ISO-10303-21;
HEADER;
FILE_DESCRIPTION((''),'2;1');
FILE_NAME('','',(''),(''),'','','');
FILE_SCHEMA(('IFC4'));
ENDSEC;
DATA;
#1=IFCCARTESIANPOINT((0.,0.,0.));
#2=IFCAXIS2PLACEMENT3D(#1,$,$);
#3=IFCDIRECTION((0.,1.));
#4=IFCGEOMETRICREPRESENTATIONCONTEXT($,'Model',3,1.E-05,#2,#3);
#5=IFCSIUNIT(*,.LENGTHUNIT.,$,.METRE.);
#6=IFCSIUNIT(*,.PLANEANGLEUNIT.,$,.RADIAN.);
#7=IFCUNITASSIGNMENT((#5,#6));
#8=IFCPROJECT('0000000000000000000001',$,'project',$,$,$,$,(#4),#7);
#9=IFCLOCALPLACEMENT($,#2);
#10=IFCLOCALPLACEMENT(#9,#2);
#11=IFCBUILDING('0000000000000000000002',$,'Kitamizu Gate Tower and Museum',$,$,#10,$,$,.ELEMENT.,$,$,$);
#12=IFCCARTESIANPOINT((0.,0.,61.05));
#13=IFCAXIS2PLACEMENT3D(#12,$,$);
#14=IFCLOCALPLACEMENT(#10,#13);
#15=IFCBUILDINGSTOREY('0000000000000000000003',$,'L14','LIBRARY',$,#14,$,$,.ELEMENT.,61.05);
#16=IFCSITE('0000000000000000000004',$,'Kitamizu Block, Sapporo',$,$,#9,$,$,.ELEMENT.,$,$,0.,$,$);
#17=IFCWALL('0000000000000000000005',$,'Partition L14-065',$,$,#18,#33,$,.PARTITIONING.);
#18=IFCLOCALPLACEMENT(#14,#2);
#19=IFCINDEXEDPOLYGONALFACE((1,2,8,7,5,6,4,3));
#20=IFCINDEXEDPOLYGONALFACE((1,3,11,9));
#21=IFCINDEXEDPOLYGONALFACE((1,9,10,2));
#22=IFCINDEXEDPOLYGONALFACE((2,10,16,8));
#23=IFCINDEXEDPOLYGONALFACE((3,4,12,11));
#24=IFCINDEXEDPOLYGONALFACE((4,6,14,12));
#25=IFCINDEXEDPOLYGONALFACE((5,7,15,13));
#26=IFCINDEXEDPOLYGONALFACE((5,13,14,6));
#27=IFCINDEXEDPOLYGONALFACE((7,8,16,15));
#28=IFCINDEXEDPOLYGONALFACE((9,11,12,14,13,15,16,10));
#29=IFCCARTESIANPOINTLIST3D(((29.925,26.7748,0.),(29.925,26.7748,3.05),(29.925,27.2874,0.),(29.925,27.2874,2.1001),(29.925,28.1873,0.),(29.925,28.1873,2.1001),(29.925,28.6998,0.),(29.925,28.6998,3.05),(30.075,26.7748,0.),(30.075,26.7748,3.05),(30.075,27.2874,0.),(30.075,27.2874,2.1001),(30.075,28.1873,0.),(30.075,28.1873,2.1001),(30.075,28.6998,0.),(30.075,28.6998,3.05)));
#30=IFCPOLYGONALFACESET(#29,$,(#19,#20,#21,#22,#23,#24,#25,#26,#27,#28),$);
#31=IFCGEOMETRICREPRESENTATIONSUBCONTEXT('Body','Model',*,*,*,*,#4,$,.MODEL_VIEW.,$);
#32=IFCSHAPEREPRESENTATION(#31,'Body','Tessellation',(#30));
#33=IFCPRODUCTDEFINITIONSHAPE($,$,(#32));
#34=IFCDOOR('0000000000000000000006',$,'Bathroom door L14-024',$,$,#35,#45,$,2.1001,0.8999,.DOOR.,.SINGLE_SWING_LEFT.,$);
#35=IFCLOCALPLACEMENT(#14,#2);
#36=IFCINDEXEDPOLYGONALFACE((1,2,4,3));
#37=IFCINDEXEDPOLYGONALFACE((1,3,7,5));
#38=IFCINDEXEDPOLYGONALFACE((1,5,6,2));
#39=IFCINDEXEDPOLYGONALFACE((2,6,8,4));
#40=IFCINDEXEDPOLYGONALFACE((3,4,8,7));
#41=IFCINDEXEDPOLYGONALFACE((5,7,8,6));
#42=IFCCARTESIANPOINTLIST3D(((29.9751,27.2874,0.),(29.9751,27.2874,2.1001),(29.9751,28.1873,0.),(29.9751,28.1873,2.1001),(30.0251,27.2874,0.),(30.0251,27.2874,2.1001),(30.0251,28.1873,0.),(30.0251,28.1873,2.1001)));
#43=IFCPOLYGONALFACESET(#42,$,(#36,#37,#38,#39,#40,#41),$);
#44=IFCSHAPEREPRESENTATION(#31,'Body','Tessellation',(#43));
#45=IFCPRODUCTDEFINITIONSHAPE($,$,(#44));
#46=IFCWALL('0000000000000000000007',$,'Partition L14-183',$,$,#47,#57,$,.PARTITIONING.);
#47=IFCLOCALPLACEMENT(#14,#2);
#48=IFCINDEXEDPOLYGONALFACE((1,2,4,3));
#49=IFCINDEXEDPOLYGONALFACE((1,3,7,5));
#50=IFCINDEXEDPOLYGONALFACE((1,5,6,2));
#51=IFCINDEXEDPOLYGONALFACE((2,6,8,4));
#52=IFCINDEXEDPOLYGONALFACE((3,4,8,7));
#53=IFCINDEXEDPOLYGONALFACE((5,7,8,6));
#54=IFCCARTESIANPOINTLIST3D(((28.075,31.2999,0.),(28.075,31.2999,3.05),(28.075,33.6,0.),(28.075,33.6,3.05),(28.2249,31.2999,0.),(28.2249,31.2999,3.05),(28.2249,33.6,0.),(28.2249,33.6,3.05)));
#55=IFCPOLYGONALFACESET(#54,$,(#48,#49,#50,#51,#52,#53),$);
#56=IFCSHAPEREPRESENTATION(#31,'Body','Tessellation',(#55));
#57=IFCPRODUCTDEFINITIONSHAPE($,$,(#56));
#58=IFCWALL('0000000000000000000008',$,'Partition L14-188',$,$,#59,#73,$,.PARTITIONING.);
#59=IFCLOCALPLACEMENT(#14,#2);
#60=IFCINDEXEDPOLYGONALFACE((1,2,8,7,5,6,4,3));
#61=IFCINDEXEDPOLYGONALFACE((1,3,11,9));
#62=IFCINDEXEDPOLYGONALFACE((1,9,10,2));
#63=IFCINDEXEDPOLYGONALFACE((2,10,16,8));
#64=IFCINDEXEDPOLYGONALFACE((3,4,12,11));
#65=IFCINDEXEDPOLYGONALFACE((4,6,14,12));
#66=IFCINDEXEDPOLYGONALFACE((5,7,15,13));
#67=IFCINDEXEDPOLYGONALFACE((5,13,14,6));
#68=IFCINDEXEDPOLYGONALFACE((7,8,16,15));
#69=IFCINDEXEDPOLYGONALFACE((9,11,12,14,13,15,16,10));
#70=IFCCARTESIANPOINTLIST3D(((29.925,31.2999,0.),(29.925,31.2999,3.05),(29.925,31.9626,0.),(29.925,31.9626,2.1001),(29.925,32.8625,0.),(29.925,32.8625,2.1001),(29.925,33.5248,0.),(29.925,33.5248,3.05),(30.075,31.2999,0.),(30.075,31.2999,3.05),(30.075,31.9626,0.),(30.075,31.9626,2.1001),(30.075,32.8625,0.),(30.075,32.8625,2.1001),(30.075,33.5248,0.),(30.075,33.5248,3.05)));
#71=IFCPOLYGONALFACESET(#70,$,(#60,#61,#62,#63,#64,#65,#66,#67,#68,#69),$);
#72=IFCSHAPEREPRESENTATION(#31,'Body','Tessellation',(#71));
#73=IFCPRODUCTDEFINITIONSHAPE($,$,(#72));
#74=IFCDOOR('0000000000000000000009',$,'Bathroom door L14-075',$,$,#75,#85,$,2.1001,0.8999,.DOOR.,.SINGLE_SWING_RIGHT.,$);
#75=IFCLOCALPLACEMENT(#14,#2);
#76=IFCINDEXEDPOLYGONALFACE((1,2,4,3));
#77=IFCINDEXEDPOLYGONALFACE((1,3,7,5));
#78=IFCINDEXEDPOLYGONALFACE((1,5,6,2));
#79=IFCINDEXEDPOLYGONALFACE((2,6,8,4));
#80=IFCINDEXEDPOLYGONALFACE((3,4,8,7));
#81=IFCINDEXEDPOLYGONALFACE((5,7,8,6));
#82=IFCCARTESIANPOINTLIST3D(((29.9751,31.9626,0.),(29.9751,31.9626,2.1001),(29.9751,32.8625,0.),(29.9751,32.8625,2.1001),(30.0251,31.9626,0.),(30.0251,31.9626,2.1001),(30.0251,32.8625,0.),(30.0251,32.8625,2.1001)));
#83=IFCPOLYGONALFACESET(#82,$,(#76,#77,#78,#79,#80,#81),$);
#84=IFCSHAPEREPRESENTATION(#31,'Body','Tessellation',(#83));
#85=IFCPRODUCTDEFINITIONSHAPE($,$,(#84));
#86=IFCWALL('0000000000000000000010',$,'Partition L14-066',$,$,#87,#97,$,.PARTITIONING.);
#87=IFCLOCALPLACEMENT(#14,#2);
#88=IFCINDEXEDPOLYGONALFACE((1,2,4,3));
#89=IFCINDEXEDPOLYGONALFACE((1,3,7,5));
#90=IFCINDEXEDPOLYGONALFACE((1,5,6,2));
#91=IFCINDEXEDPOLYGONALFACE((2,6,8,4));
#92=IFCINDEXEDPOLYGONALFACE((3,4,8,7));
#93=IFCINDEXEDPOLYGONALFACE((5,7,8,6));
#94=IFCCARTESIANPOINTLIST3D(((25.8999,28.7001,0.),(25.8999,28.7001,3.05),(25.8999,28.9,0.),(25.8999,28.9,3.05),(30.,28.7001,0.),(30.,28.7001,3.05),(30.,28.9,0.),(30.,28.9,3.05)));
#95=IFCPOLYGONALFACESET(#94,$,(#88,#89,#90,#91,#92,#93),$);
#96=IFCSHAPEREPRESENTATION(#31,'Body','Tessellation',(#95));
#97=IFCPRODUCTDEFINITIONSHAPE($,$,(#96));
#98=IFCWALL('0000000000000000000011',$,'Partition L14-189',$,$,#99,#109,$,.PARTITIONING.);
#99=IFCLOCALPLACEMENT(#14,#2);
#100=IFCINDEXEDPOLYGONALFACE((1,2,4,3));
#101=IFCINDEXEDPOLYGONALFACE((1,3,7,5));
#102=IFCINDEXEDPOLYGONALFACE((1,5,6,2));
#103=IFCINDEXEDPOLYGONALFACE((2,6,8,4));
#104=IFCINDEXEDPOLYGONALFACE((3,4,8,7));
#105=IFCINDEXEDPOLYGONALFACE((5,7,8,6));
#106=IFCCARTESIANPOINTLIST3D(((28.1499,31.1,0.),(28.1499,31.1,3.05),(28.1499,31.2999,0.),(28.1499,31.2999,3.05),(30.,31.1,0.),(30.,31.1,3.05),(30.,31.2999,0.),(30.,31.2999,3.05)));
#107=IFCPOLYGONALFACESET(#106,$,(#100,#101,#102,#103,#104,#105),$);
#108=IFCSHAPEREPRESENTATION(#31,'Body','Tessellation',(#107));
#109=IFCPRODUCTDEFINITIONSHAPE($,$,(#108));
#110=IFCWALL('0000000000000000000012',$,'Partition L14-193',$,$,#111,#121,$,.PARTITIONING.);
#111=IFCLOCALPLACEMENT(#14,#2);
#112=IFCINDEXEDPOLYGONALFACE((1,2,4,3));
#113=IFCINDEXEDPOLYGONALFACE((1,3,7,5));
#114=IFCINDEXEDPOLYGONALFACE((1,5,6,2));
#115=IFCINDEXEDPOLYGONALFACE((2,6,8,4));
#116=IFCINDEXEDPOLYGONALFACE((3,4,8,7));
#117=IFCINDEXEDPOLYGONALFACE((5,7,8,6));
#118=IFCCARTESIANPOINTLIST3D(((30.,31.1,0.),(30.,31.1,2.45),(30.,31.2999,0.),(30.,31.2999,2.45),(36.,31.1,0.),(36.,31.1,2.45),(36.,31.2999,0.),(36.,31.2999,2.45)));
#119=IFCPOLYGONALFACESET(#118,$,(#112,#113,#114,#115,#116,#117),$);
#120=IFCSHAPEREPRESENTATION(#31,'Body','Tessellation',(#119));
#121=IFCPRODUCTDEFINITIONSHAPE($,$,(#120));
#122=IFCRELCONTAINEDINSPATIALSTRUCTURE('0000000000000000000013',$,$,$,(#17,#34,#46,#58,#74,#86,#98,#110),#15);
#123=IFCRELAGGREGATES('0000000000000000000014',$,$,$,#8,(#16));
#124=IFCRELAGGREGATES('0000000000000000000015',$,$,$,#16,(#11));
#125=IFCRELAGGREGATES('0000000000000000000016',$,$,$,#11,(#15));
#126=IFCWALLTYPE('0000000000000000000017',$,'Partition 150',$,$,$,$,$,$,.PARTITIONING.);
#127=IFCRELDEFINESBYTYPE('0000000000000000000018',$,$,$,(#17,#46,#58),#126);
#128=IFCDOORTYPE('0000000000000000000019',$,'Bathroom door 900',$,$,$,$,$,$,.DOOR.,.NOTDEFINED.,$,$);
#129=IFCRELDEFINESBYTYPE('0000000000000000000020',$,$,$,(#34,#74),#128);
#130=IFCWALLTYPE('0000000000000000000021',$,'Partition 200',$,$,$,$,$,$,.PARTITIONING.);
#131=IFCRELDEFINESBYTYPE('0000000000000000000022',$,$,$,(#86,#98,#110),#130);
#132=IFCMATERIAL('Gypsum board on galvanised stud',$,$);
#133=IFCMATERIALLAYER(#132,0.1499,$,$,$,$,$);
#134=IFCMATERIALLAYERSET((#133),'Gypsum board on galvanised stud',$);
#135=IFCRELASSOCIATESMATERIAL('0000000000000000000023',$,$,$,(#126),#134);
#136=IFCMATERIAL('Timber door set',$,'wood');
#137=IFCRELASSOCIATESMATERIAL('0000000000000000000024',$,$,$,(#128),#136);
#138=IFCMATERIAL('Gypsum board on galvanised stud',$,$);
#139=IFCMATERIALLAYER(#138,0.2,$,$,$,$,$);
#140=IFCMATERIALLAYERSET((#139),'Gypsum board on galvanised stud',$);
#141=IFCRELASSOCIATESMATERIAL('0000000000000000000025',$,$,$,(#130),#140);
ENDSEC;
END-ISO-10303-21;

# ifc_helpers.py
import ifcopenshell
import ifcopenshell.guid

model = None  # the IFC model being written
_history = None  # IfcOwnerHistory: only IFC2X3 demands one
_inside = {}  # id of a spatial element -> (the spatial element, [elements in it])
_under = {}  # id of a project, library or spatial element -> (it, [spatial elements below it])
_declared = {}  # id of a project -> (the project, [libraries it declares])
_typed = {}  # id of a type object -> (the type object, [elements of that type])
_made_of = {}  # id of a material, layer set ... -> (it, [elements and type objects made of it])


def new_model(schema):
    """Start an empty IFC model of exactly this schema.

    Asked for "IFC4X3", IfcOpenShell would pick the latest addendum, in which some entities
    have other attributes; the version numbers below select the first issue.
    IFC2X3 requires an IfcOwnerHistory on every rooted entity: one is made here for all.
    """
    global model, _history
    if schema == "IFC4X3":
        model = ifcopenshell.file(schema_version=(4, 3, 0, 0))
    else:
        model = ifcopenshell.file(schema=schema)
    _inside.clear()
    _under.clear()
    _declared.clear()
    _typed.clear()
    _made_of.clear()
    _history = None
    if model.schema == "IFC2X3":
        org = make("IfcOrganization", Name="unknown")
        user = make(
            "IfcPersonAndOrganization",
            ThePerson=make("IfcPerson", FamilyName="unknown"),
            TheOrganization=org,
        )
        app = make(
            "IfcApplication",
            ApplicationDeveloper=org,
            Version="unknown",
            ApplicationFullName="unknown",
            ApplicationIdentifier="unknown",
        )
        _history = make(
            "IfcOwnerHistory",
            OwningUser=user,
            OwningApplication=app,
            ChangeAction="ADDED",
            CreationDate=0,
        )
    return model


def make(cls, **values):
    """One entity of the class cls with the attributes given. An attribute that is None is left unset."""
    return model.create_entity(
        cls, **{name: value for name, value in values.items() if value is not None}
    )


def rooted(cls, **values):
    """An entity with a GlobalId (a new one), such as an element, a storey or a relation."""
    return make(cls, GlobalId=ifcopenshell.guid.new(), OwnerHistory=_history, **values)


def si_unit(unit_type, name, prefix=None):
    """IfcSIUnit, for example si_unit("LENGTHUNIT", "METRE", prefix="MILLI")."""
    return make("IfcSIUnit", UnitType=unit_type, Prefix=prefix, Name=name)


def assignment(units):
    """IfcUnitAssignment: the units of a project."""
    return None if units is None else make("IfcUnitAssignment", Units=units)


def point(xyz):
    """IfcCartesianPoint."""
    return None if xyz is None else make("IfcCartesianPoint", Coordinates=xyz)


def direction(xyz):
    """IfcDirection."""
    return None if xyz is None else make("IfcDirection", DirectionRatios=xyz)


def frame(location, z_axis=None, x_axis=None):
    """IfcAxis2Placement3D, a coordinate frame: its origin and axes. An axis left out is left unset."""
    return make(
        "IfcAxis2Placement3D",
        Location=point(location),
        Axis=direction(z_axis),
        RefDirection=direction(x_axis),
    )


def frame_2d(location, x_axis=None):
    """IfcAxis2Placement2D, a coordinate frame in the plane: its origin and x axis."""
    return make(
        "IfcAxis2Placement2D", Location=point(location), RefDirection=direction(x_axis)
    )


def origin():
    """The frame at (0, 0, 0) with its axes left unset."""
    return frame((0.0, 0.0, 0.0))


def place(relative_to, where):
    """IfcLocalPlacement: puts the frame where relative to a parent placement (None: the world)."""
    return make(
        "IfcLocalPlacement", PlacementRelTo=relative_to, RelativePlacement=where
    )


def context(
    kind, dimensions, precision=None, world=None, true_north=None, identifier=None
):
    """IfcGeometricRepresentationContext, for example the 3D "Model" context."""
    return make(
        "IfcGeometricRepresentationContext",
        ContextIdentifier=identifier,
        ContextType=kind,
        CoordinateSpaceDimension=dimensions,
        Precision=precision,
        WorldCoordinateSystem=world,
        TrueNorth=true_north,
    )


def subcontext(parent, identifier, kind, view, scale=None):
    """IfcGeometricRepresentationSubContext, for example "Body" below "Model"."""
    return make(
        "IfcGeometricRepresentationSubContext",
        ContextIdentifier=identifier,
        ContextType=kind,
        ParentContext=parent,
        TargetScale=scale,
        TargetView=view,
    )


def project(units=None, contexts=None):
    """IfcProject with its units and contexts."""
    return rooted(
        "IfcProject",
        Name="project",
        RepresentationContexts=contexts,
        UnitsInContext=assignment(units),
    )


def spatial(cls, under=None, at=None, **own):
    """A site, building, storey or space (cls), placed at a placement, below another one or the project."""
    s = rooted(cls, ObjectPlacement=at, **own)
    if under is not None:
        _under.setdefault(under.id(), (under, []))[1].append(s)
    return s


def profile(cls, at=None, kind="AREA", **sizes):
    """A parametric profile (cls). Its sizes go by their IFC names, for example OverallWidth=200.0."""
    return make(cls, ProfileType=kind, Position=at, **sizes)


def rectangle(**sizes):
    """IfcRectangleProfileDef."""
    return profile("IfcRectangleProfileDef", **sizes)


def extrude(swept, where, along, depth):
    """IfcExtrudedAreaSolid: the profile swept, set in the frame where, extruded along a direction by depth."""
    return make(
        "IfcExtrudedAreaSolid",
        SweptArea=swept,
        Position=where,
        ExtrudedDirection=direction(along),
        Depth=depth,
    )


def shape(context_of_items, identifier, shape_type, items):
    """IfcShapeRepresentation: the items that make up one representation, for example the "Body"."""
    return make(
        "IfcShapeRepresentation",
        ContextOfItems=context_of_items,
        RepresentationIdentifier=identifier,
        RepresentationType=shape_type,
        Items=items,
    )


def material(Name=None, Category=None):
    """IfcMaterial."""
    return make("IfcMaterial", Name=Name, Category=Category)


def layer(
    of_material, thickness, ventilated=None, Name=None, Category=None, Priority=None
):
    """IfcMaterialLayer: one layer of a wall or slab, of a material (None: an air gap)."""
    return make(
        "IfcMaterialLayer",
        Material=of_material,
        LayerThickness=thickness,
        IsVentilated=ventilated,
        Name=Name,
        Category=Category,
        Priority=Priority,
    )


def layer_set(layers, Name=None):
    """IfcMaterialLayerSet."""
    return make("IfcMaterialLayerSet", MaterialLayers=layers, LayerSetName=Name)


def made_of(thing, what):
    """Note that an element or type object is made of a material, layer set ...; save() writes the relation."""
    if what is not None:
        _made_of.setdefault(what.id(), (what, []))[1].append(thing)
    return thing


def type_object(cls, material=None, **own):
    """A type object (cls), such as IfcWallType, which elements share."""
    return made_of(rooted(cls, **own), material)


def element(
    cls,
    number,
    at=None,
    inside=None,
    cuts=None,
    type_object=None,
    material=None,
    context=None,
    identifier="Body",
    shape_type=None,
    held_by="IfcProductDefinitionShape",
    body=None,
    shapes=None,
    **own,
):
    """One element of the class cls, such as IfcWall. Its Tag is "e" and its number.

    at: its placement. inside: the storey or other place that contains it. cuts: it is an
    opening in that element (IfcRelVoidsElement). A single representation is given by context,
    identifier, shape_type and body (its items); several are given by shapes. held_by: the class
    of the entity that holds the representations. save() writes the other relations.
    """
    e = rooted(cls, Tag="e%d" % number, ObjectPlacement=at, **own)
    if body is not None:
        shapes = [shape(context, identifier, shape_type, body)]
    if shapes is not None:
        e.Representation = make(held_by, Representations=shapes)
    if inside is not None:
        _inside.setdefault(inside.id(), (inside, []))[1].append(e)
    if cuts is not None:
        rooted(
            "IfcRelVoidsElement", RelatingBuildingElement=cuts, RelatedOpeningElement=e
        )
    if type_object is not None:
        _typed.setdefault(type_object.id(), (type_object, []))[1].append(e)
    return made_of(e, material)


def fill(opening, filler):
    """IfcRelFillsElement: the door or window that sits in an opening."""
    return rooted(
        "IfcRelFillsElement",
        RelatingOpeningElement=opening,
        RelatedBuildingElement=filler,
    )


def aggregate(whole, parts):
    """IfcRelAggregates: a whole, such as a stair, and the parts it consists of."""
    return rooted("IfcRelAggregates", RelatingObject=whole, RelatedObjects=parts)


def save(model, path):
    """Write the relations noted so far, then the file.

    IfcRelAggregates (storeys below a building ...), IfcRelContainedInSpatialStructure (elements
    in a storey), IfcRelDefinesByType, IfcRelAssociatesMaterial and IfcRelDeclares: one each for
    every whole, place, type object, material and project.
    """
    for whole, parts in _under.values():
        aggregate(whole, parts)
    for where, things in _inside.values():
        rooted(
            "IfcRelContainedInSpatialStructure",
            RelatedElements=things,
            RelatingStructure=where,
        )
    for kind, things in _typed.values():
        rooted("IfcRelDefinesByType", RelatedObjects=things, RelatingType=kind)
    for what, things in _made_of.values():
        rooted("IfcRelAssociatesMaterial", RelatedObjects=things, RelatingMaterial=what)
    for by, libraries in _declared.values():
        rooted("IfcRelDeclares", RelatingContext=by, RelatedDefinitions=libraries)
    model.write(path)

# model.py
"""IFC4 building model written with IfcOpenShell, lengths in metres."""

from ifc_helpers import new_model, si_unit, direction, frame, frame_2d, origin, place, context, subcontext, project, spatial, rectangle, extrude, material, layer, layer_set, type_object, element, fill, save


model = new_model("IFC4")

# Units and contexts
model_context = context("Model", 3, precision=1e-05, world=origin(), true_north=direction((0.0, 1.0)))
body_context = subcontext(model_context, "Body", "Model", "MODEL_VIEW")
ifc_project = project(units=[si_unit("LENGTHUNIT", "METRE"), si_unit("PLANEANGLEUNIT", "RADIAN")], contexts=[model_context])

# Site, building, storey
site_placement = place(None, origin())
site = spatial("IfcSite", under=ifc_project, at=site_placement, Name="Kitamizu Block, Sapporo", CompositionType="ELEMENT", RefElevation=0.0)
building_placement = place(site_placement, origin())
building = spatial("IfcBuilding", under=site, at=building_placement, Name="Kitamizu Gate Tower and Museum", CompositionType="ELEMENT")
storey_placement = place(building_placement, frame((0.0, 0.0, 61.05)))
storey = spatial("IfcBuildingStorey", under=building, at=storey_placement, Name="L14", Description="LIBRARY", CompositionType="ELEMENT", Elevation=61.05)

# Shared definitions
ifc_material_1 = material(Name="Gypsum board on galvanised stud")
ifc_layer_1 = layer(ifc_material_1, 0.1499)
ifc_layer_set_1 = layer_set([ifc_layer_1], Name="Gypsum board on galvanised stud")
wall_type_1 = type_object("IfcWallType", Name="Partition 150", PredefinedType="PARTITIONING", material=ifc_layer_set_1)
ifc_material_2 = material(Name="Timber door set", Category="wood")
door_type_1 = type_object("IfcDoorType", Name="Bathroom door 900", OperationType="NOTDEFINED", PredefinedType="DOOR", material=ifc_material_2)

# Wall, opening, door
wall_1_placement = place(storey_placement, frame((30.0, 26.7749, 0.0), z_axis=(0.0, 0.0, 1.0), x_axis=(0.0, 1.0, 0.0)))
wall_1 = element("IfcWall", 1, at=wall_1_placement, inside=storey, type_object=wall_type_1, Name="Partition L14-065", PredefinedType="PARTITIONING", context=body_context, shape_type="SweptSolid", body=[
    extrude(rectangle(XDim=1.925, YDim=0.1499, at=frame_2d((0.9624, 0.0))), origin(), (0.0, 0.0, 1.0), 3.05),
])
opening_1_placement = place(wall_1_placement, frame((0.5125, 0.0, 0.0)))
opening_1 = element("IfcOpeningElement", 2, at=opening_1_placement, cuts=wall_1, PredefinedType="OPENING", context=body_context, shape_type="SweptSolid", body=[
    extrude(rectangle(XDim=0.8999, YDim=2.1001, at=frame_2d((0.45, 1.05))), frame((0.0, 0.085, 0.0), z_axis=(0.0, -1.0, 0.0), x_axis=(1.0, 0.0, 0.0)), (0.0, 0.0, 1.0), 0.1699),
])
door_1_placement = place(opening_1_placement, origin())
door_1 = element("IfcDoor", 3, at=door_1_placement, inside=storey, type_object=door_type_1, Name="Bathroom door L14-024", OperationType="SINGLE_SWING_LEFT", OverallHeight=2.1001, OverallWidth=0.8999, PredefinedType="DOOR", context=body_context, shape_type="SweptSolid", body=[
    extrude(rectangle(XDim=0.8999, YDim=2.1001, at=frame_2d((0.45, 1.05))), frame((0.0, 0.0249, 0.0), z_axis=(0.0, -1.0, 0.0), x_axis=(1.0, 0.0, 0.0)), (0.0, 0.0, 1.0), 0.05),
])
fill(opening_1, door_1)

# Wall
wall_2_placement = place(storey_placement, frame((28.1499, 31.3, 0.0), z_axis=(0.0, 0.0, 1.0), x_axis=(0.0, 1.0, 0.0)))
element("IfcWall", 4, at=wall_2_placement, inside=storey, type_object=wall_type_1, Name="Partition L14-183", PredefinedType="PARTITIONING", context=body_context, shape_type="SweptSolid", body=[
    extrude(rectangle(XDim=2.3, YDim=0.1499, at=frame_2d((1.1499, 0.0))), origin(), (0.0, 0.0, 1.0), 3.05),
])

# Wall, opening, door
wall_3_placement = place(storey_placement, frame((30.0, 31.3, 0.0), z_axis=(0.0, 0.0, 1.0), x_axis=(0.0, 1.0, 0.0)))
wall_3 = element("IfcWall", 5, at=wall_3_placement, inside=storey, type_object=wall_type_1, Name="Partition L14-188", PredefinedType="PARTITIONING", context=body_context, shape_type="SweptSolid", body=[
    extrude(rectangle(XDim=2.2249, YDim=0.1499, at=frame_2d((1.1123, 0.0))), origin(), (0.0, 0.0, 1.0), 3.05),
])
opening_2_placement = place(wall_3_placement, frame((0.6626, 0.0, 0.0)))
opening_2 = element("IfcOpeningElement", 6, at=opening_2_placement, cuts=wall_3, PredefinedType="OPENING", context=body_context, shape_type="SweptSolid", body=[
    extrude(rectangle(XDim=0.8999, YDim=2.1001, at=frame_2d((0.45, 1.05))), frame((0.0, 0.085, 0.0), z_axis=(0.0, -1.0, 0.0), x_axis=(1.0, 0.0, 0.0)), (0.0, 0.0, 1.0), 0.1699),
])
door_2_placement = place(opening_2_placement, origin())
door_2 = element("IfcDoor", 7, at=door_2_placement, inside=storey, type_object=door_type_1, Name="Bathroom door L14-075", OperationType="SINGLE_SWING_RIGHT", OverallHeight=2.1001, OverallWidth=0.8999, PredefinedType="DOOR", context=body_context, shape_type="SweptSolid", body=[
    extrude(rectangle(XDim=0.8999, YDim=2.1001, at=frame_2d((0.45, 1.05))), frame((0.0, 0.0249, 0.0), z_axis=(0.0, -1.0, 0.0), x_axis=(1.0, 0.0, 0.0)), (0.0, 0.0, 1.0), 0.05),
])
fill(opening_2, door_2)

# Walls
ifc_material_3 = material(Name="Gypsum board on galvanised stud")
ifc_layer_2 = layer(ifc_material_3, 0.2)
ifc_layer_set_2 = layer_set([ifc_layer_2], Name="Gypsum board on galvanised stud")
wall_type_2 = type_object("IfcWallType", Name="Partition 200", PredefinedType="PARTITIONING", material=ifc_layer_set_2)
wall_4_placement = place(storey_placement, frame((30.0, 28.8, 0.0), z_axis=(0.0, 0.0, 1.0), x_axis=(-1.0, 0.0, 0.0)))
element("IfcWall", 8, at=wall_4_placement, inside=storey, type_object=wall_type_2, Name="Partition L14-066", PredefinedType="PARTITIONING", context=body_context, shape_type="SweptSolid", body=[
    extrude(rectangle(XDim=4.1001, YDim=0.2, at=frame_2d((2.05, 0.0))), origin(), (0.0, 0.0, 1.0), 3.05),
])
wall_5_placement = place(storey_placement, frame((28.1499, 31.2, 0.0), z_axis=(0.0, 0.0, 1.0), x_axis=(1.0, 0.0, 0.0)))
element("IfcWall", 9, at=wall_5_placement, inside=storey, type_object=wall_type_2, Name="Partition L14-189", PredefinedType="PARTITIONING", context=body_context, shape_type="SweptSolid", body=[
    extrude(rectangle(XDim=1.8501, YDim=0.2, at=frame_2d((0.925, 0.0))), origin(), (0.0, 0.0, 1.0), 3.05),
])
wall_6_placement = place(storey_placement, frame((30.0, 31.2, 0.0), z_axis=(0.0, 0.0, 1.0), x_axis=(1.0, 0.0, 0.0)))
element("IfcWall", 10, at=wall_6_placement, inside=storey, type_object=wall_type_2, Name="Partition L14-193", PredefinedType="PARTITIONING", context=body_context, shape_type="SweptSolid", body=[
    extrude(rectangle(XDim=6.0, YDim=0.2, at=frame_2d((3.0, 0.0))), origin(), (0.0, 0.0, 1.0), 2.45),
])

save(model, "model.ifc")
